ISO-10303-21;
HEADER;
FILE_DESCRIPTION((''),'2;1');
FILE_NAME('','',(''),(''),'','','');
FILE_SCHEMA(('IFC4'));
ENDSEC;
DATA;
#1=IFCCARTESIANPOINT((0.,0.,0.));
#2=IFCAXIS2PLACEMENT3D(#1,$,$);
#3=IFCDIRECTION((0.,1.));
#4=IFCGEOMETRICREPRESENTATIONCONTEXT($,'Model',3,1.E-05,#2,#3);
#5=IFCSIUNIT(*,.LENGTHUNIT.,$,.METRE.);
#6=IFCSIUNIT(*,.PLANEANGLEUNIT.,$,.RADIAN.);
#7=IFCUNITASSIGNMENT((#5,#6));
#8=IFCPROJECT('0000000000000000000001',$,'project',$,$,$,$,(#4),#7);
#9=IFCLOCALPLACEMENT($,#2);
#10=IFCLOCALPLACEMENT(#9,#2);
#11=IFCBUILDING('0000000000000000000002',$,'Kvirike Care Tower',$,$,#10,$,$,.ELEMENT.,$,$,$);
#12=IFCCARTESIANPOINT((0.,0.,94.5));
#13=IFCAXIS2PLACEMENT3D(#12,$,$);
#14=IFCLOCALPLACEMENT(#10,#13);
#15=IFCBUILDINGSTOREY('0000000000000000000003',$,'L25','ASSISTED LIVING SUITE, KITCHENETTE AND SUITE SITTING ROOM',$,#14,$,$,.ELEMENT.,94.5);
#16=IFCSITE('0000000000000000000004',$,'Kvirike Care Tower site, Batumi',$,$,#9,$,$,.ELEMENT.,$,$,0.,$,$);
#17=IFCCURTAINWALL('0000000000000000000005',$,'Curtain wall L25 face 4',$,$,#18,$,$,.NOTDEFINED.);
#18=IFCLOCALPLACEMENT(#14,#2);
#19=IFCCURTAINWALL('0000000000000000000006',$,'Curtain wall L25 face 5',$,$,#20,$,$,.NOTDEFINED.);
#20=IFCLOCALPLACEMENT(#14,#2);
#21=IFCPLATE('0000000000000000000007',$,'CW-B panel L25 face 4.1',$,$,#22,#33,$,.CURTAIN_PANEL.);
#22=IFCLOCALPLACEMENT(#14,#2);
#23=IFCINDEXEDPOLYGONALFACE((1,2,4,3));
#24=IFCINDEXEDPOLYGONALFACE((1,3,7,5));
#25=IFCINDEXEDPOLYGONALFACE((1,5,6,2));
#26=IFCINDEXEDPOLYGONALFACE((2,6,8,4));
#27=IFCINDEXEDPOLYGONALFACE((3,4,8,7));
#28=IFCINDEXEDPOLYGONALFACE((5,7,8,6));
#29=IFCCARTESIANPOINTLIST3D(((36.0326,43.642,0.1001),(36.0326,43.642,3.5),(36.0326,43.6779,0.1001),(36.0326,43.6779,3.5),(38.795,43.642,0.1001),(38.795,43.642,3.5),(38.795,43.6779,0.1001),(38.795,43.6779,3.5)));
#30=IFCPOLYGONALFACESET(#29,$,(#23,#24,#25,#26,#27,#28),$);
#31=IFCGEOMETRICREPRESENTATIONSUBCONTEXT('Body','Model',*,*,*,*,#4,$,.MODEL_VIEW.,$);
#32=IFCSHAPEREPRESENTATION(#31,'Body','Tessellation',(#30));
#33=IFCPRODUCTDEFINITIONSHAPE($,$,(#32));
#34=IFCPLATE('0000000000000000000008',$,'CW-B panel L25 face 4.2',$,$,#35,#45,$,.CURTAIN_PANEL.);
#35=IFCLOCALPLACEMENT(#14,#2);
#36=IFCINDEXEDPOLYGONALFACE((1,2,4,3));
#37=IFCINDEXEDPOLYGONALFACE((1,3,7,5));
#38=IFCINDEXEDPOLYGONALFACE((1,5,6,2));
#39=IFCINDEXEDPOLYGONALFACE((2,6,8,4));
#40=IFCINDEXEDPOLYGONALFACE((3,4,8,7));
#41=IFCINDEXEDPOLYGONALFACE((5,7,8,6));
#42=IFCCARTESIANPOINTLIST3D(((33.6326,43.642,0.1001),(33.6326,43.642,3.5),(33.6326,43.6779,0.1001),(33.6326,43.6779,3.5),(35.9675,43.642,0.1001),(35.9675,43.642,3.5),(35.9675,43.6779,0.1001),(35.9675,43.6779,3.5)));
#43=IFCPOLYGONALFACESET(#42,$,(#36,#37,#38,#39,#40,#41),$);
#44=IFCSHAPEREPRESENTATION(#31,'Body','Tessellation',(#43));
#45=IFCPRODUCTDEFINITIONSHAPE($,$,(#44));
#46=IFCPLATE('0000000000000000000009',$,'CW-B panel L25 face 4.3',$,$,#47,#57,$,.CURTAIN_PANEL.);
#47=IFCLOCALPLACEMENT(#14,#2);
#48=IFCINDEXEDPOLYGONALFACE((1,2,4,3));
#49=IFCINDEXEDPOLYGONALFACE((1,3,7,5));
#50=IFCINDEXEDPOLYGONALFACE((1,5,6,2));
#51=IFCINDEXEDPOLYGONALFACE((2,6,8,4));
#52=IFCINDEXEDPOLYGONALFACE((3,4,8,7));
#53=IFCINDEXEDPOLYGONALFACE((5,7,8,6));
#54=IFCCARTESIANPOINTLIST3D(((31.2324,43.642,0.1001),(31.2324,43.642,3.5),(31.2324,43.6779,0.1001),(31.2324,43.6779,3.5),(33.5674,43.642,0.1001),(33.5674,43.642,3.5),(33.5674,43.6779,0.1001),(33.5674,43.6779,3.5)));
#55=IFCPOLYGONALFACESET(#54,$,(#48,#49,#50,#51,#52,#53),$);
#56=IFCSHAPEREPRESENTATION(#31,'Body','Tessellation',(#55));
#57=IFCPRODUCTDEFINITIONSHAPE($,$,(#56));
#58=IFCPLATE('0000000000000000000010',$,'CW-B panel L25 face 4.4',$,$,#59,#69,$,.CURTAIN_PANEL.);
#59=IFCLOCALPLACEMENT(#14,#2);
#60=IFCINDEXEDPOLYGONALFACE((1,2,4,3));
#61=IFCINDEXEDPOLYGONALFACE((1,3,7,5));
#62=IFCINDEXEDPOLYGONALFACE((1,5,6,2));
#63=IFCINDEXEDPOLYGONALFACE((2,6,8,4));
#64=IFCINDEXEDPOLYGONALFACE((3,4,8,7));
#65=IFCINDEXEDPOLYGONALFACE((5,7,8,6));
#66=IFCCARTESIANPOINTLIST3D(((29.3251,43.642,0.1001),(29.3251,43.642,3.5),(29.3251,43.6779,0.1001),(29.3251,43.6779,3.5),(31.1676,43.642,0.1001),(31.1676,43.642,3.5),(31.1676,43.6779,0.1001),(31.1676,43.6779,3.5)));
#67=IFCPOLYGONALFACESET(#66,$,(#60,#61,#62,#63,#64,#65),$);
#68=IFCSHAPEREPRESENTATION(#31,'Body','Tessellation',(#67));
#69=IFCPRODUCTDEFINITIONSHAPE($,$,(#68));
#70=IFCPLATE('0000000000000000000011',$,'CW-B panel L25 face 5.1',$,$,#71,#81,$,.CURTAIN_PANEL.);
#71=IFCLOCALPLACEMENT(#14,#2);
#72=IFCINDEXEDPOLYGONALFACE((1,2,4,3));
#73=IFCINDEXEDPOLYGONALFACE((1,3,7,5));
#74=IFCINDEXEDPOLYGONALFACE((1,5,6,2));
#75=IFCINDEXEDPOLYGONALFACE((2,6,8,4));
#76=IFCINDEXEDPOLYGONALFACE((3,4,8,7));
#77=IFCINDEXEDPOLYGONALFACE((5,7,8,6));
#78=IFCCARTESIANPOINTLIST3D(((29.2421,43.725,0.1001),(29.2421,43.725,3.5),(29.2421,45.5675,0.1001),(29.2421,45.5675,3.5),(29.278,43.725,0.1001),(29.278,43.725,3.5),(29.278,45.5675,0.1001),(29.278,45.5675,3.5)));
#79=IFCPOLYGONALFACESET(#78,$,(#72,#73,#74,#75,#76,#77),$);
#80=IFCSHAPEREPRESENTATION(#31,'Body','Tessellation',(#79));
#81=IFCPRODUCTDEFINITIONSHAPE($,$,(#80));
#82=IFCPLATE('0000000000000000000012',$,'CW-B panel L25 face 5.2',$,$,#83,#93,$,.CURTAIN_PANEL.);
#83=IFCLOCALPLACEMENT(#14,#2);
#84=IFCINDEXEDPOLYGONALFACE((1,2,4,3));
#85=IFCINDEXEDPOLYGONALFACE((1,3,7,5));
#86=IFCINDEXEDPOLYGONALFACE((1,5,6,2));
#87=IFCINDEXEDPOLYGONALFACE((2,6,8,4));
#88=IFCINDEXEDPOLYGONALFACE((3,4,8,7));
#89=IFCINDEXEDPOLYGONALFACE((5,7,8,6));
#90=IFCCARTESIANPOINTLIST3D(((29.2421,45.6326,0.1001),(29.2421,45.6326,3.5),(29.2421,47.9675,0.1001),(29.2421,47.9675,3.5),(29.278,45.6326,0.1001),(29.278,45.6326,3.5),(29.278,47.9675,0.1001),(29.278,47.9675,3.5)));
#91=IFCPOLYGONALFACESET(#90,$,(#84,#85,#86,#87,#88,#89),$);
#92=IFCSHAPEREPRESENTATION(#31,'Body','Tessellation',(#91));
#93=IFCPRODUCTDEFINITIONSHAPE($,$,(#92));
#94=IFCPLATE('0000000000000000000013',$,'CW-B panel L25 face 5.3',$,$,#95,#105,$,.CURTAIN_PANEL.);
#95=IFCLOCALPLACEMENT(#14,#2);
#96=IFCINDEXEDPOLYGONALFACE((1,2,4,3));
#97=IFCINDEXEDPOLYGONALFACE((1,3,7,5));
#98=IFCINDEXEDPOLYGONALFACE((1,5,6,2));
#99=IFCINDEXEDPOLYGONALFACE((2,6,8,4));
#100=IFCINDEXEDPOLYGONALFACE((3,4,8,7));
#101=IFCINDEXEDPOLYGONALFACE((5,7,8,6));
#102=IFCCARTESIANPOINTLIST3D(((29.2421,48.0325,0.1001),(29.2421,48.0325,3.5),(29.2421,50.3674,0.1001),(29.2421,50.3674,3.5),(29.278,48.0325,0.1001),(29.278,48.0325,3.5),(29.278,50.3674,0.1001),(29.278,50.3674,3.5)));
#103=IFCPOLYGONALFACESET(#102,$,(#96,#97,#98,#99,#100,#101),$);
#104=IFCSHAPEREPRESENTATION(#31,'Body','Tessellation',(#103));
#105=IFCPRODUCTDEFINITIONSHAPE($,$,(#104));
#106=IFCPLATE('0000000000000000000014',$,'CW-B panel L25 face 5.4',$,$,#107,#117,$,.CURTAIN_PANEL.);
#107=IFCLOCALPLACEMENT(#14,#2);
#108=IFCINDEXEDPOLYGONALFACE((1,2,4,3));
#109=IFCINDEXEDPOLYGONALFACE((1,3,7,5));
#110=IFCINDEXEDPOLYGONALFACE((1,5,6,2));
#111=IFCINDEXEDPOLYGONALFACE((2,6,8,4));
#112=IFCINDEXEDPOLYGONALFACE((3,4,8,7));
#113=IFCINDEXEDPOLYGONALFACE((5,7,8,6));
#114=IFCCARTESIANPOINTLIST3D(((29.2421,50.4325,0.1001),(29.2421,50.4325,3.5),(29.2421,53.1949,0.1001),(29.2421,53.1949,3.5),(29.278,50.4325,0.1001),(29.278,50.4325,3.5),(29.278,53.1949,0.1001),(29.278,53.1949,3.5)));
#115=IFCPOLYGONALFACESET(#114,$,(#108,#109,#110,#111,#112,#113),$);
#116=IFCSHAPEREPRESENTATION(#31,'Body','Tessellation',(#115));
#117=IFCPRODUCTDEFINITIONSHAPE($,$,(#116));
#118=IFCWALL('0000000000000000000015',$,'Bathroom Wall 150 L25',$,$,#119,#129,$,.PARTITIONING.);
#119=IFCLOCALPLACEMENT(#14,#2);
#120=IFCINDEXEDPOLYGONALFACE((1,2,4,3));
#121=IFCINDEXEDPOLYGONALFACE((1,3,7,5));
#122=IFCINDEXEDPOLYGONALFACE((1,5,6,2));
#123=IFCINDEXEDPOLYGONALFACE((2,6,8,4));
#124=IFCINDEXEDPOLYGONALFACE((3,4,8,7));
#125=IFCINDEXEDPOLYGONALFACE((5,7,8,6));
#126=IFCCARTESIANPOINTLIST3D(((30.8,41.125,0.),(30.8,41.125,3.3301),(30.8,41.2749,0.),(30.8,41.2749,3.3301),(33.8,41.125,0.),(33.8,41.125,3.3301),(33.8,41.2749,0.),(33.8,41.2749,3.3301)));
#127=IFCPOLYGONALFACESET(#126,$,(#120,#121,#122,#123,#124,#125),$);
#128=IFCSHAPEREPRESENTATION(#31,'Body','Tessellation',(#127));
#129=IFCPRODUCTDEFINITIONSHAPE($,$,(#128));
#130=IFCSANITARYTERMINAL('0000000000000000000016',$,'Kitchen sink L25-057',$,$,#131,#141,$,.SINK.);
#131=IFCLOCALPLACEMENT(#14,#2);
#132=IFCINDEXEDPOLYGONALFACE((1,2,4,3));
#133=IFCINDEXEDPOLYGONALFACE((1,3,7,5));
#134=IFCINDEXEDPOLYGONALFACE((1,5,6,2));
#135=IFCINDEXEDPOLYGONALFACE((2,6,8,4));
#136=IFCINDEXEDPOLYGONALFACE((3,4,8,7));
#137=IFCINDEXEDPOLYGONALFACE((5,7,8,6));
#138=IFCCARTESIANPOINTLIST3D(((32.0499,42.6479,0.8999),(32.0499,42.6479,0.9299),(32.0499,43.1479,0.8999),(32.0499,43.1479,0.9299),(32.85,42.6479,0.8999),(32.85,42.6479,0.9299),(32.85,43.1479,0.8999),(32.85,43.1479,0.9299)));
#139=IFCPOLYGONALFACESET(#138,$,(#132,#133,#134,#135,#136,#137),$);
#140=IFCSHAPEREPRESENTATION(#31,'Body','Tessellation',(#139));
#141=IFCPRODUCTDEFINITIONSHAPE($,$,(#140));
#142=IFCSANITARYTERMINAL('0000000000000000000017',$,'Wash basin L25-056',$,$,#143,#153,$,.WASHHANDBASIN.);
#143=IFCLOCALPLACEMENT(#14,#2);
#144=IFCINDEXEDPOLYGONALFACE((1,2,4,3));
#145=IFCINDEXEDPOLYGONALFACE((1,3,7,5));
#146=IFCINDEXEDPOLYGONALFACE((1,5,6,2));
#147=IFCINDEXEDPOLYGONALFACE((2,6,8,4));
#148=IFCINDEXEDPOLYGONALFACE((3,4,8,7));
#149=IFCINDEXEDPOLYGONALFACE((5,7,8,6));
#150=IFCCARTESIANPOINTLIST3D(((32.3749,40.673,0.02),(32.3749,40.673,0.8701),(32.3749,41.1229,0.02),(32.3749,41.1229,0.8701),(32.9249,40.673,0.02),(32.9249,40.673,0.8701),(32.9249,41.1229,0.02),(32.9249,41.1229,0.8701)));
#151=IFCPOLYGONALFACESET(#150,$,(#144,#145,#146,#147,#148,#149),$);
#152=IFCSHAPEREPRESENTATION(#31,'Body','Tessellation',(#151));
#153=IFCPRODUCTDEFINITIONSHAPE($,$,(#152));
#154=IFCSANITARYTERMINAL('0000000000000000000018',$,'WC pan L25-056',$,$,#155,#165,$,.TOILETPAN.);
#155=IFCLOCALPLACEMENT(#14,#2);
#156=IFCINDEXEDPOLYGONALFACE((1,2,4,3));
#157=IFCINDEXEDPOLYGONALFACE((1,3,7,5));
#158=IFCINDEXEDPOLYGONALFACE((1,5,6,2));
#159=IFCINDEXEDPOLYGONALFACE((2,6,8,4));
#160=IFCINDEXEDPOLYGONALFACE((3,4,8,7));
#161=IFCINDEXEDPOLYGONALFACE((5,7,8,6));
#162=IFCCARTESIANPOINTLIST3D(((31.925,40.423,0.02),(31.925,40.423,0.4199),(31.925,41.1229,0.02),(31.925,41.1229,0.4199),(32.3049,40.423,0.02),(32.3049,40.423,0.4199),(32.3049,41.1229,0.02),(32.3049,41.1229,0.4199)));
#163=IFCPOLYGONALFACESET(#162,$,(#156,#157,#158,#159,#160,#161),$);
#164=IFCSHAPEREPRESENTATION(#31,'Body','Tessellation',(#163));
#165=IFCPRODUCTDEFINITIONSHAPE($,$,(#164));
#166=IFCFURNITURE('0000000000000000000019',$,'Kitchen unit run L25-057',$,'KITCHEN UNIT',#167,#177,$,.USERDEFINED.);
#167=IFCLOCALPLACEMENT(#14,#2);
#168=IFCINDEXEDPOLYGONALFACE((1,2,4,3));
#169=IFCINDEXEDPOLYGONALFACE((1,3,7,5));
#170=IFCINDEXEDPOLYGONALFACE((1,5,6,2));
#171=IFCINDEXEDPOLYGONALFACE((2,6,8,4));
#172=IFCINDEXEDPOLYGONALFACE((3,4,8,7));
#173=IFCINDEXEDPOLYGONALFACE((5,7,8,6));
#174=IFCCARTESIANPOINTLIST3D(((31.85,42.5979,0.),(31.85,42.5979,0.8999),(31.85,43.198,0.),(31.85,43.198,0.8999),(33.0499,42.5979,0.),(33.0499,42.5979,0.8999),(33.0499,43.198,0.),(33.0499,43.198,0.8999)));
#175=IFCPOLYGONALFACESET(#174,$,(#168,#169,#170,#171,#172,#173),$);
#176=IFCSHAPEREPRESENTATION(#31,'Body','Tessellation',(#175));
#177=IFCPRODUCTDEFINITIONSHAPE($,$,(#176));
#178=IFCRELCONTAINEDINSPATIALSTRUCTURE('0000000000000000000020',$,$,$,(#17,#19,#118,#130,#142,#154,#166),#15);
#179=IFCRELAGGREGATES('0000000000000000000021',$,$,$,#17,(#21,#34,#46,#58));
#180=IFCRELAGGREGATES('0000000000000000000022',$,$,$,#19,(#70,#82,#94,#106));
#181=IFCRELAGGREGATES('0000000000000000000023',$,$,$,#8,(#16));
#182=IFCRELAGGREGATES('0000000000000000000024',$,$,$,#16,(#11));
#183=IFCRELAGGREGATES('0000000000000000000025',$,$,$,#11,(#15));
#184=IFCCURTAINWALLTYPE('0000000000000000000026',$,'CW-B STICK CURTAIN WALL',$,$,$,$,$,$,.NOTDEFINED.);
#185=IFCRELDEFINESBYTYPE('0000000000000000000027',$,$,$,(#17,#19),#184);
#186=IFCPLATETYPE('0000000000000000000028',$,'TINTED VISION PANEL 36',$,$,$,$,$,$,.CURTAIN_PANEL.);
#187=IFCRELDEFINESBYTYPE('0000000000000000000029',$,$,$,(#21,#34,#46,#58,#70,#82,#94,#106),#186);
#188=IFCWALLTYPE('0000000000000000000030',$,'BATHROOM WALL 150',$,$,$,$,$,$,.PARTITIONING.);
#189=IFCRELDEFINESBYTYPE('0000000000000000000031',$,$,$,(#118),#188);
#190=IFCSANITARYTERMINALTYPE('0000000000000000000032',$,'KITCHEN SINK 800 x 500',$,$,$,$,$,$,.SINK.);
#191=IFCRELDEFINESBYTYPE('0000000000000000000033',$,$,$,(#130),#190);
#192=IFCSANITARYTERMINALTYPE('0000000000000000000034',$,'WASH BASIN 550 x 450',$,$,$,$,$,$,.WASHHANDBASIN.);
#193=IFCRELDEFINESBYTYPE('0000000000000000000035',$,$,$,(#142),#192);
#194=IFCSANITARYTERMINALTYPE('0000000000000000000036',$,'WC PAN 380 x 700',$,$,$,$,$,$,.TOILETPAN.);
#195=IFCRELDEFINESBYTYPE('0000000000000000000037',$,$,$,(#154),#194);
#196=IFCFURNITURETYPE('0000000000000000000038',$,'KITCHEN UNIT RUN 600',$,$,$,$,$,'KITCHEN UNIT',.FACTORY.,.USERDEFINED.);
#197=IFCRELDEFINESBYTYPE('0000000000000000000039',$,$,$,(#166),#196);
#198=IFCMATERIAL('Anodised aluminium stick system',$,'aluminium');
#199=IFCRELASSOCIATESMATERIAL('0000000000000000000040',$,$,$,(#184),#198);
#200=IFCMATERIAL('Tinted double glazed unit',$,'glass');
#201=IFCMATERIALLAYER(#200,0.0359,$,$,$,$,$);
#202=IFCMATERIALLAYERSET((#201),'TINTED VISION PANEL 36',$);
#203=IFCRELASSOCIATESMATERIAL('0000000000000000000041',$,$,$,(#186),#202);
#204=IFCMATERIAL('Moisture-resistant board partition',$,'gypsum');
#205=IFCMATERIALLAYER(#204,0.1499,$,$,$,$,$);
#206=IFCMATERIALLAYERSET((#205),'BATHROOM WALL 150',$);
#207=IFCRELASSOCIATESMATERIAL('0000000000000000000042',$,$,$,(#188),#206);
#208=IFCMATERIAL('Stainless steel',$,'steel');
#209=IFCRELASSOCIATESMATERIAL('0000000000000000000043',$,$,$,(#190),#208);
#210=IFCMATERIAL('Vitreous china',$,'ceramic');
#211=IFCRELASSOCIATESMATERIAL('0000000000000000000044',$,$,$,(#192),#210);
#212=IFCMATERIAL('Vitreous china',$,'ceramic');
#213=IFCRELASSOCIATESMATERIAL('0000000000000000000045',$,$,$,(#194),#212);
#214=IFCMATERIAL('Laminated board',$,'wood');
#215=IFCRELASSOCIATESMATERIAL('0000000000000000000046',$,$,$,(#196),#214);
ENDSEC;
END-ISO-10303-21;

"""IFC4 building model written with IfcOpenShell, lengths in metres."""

from ifc_helpers import new_model, si_unit, direction, frame, frame_2d, origin, origin_2d, place, context, subcontext, project, spatial, rectangle, extrude, material, layer, layer_set, type_object, element, aggregate, save


model = new_model("IFC4")

# Units and contexts
model_context = context("Model", 3, precision=1e-05, world=origin(), true_north=direction((0.0, 1.0)))
body_context = subcontext(model_context, "Body", "Model", "MODEL_VIEW")
ifc_project = project(units=[si_unit("LENGTHUNIT", "METRE"), si_unit("PLANEANGLEUNIT", "RADIAN")], contexts=[model_context])

# Site, building, storey
site_placement = place(None, origin())
site = spatial("IfcSite", under=ifc_project, at=site_placement, Name="Kvirike Care Tower site, Batumi", CompositionType="ELEMENT", RefElevation=0.0)
building_placement = place(site_placement, origin())
building = spatial("IfcBuilding", under=site, at=building_placement, Name="Kvirike Care Tower", CompositionType="ELEMENT")
storey_placement = place(building_placement, frame((0.0, 0.0, 94.5)))
storey = spatial("IfcBuildingStorey", under=building, at=storey_placement, Name="L25", Description="ASSISTED LIVING SUITE, KITCHENETTE AND SUITE SITTING ROOM", CompositionType="ELEMENT", Elevation=94.5)

# Curtain walls
ifc_material_1 = material(Name="Anodised aluminium stick system", Category="aluminium")
curtain_wall_type = type_object("IfcCurtainWallType", Name="CW-B STICK CURTAIN WALL", PredefinedType="NOTDEFINED", material=ifc_material_1)
curtain_wall_1_placement = place(storey_placement, origin())
curtain_wall_1 = element("IfcCurtainWall", 1, at=curtain_wall_1_placement, inside=storey, type_object=curtain_wall_type, Name="Curtain wall L25 face 4", PredefinedType="NOTDEFINED")
curtain_wall_2_placement = place(storey_placement, origin())
curtain_wall_2 = element("IfcCurtainWall", 2, at=curtain_wall_2_placement, inside=storey, type_object=curtain_wall_type, Name="Curtain wall L25 face 5", PredefinedType="NOTDEFINED")

# Plates
ifc_material_2 = material(Name="Tinted double glazed unit", Category="glass")
ifc_layer_1 = layer(ifc_material_2, 0.0359)
ifc_layer_set_1 = layer_set([ifc_layer_1], Name="TINTED VISION PANEL 36")
plate_type = type_object("IfcPlateType", Name="TINTED VISION PANEL 36", PredefinedType="CURTAIN_PANEL", material=ifc_layer_set_1)
plate_1_placement = place(storey_placement, frame((37.4138, 43.6599, 0.1001), z_axis=(0.0, 0.0, 1.0), x_axis=(-1.0, 0.0, 0.0)))
plate_1 = element("IfcPlate", 3, at=plate_1_placement, type_object=plate_type, Name="CW-B panel L25 face 4.1", PredefinedType="CURTAIN_PANEL", context=body_context, shape_type="SweptSolid", body=[
    extrude(rectangle(XDim=2.7625, YDim=0.0359, at=origin_2d()), origin(), (0.0, 0.0, 1.0), 3.3999),
])
plate_2_placement = place(storey_placement, frame((34.8, 43.6599, 0.1001), z_axis=(0.0, 0.0, 1.0), x_axis=(-1.0, 0.0, 0.0)))
plate_2 = element("IfcPlate", 4, at=plate_2_placement, type_object=plate_type, Name="CW-B panel L25 face 4.2", PredefinedType="CURTAIN_PANEL", context=body_context, shape_type="SweptSolid", body=[
    extrude(rectangle(XDim=2.335, YDim=0.0359, at=origin_2d()), origin(), (0.0, 0.0, 1.0), 3.3999),
])
plate_3_placement = place(storey_placement, frame((32.3999, 43.6599, 0.1001), z_axis=(0.0, 0.0, 1.0), x_axis=(-1.0, 0.0, 0.0)))
plate_3 = element("IfcPlate", 5, at=plate_3_placement, type_object=plate_type, Name="CW-B panel L25 face 4.3", PredefinedType="CURTAIN_PANEL", context=body_context, shape_type="SweptSolid", body=[
    extrude(rectangle(XDim=2.335, YDim=0.0359, at=origin_2d()), origin(), (0.0, 0.0, 1.0), 3.3999),
])
plate_4_placement = place(storey_placement, frame((30.2463, 43.6599, 0.1001), z_axis=(0.0, 0.0, 1.0), x_axis=(-1.0, 0.0, 0.0)))
plate_4 = element("IfcPlate", 6, at=plate_4_placement, type_object=plate_type, Name="CW-B panel L25 face 4.4", PredefinedType="CURTAIN_PANEL", context=body_context, shape_type="SweptSolid", body=[
    extrude(rectangle(XDim=1.8425, YDim=0.0359, at=origin_2d()), origin(), (0.0, 0.0, 1.0), 3.3999),
])
aggregate(curtain_wall_1, [plate_1, plate_2, plate_3, plate_4])
plate_5_placement = place(storey_placement, frame((29.26, 44.6462, 0.1001), z_axis=(0.0, 0.0, 1.0), x_axis=(0.0, 1.0, 0.0)))
plate_5 = element("IfcPlate", 7, at=plate_5_placement, type_object=plate_type, Name="CW-B panel L25 face 5.1", PredefinedType="CURTAIN_PANEL", context=body_context, shape_type="SweptSolid", body=[
    extrude(rectangle(XDim=1.8425, YDim=0.0359, at=origin_2d()), origin(), (0.0, 0.0, 1.0), 3.3999),
])
plate_6_placement = place(storey_placement, frame((29.26, 46.8, 0.1001), z_axis=(0.0, 0.0, 1.0), x_axis=(0.0, 1.0, 0.0)))
plate_6 = element("IfcPlate", 8, at=plate_6_placement, type_object=plate_type, Name="CW-B panel L25 face 5.2", PredefinedType="CURTAIN_PANEL", context=body_context, shape_type="SweptSolid", body=[
    extrude(rectangle(XDim=2.335, YDim=0.0359, at=origin_2d()), origin(), (0.0, 0.0, 1.0), 3.3999),
])
plate_7_placement = place(storey_placement, frame((29.26, 49.2, 0.1001), z_axis=(0.0, 0.0, 1.0), x_axis=(0.0, 1.0, 0.0)))
plate_7 = element("IfcPlate", 9, at=plate_7_placement, type_object=plate_type, Name="CW-B panel L25 face 5.3", PredefinedType="CURTAIN_PANEL", context=body_context, shape_type="SweptSolid", body=[
    extrude(rectangle(XDim=2.335, YDim=0.0359, at=origin_2d()), origin(), (0.0, 0.0, 1.0), 3.3999),
])
plate_8_placement = place(storey_placement, frame((29.26, 51.8137, 0.1001), z_axis=(0.0, 0.0, 1.0), x_axis=(0.0, 1.0, 0.0)))
plate_8 = element("IfcPlate", 10, at=plate_8_placement, type_object=plate_type, Name="CW-B panel L25 face 5.4", PredefinedType="CURTAIN_PANEL", context=body_context, shape_type="SweptSolid", body=[
    extrude(rectangle(XDim=2.7625, YDim=0.0359, at=origin_2d()), origin(), (0.0, 0.0, 1.0), 3.3999),
])
aggregate(curtain_wall_2, [plate_5, plate_6, plate_7, plate_8])

# Wall
ifc_material_3 = material(Name="Moisture-resistant board partition", Category="gypsum")
ifc_layer_2 = layer(ifc_material_3, 0.1499)
ifc_layer_set_2 = layer_set([ifc_layer_2], Name="BATHROOM WALL 150")
wall_type = type_object("IfcWallType", Name="BATHROOM WALL 150", PredefinedType="PARTITIONING", material=ifc_layer_set_2)
wall_placement = place(storey_placement, frame((33.8, 41.2, 0.0), z_axis=(0.0, 0.0, 1.0), x_axis=(-1.0, 0.0, 0.0)))
element("IfcWall", 11, at=wall_placement, inside=storey, type_object=wall_type, Name="Bathroom Wall 150 L25", PredefinedType="PARTITIONING", context=body_context, shape_type="SweptSolid", body=[
    extrude(rectangle(XDim=3.0, YDim=0.1499, at=frame_2d((1.5, 0.0))), origin(), (0.0, 0.0, 1.0), 3.3301),
])

# Sanitary terminals
ifc_material_4 = material(Name="Stainless steel", Category="steel")
sanitary_terminal_type_1 = type_object("IfcSanitaryTerminalType", Name="KITCHEN SINK 800 x 500", PredefinedType="SINK", material=ifc_material_4)
sanitary_terminal_1_placement = place(storey_placement, frame((32.45, 42.8979, 0.8999), z_axis=(0.0, 0.0, 1.0), x_axis=(1.0, 0.0, 0.0)))
element("IfcSanitaryTerminal", 12, at=sanitary_terminal_1_placement, inside=storey, type_object=sanitary_terminal_type_1, Name="Kitchen sink L25-057", PredefinedType="SINK", context=body_context, shape_type="SweptSolid", body=[
    extrude(rectangle(XDim=0.8, YDim=0.5, at=origin_2d()), origin(), (0.0, 0.0, 1.0), 0.03),
])
ifc_material_5 = material(Name="Vitreous china", Category="ceramic")
sanitary_terminal_type_2 = type_object("IfcSanitaryTerminalType", Name="WASH BASIN 550 x 450", PredefinedType="WASHHANDBASIN", material=ifc_material_5)
sanitary_terminal_2_placement = place(storey_placement, frame((32.6499, 40.8979, 0.02), z_axis=(0.0, 0.0, 1.0), x_axis=(1.0, 0.0, 0.0)))
element("IfcSanitaryTerminal", 13, at=sanitary_terminal_2_placement, inside=storey, type_object=sanitary_terminal_type_2, Name="Wash basin L25-056", PredefinedType="WASHHANDBASIN", context=body_context, shape_type="SweptSolid", body=[
    extrude(rectangle(XDim=0.55, YDim=0.45, at=origin_2d()), origin(), (0.0, 0.0, 1.0), 0.8501),
])
ifc_material_6 = material(Name="Vitreous china", Category="ceramic")
sanitary_terminal_type_3 = type_object("IfcSanitaryTerminalType", Name="WC PAN 380 x 700", PredefinedType="TOILETPAN", material=ifc_material_6)
sanitary_terminal_3_placement = place(storey_placement, frame((32.115, 40.7729, 0.02), z_axis=(0.0, 0.0, 1.0), x_axis=(1.0, 0.0, 0.0)))
element("IfcSanitaryTerminal", 14, at=sanitary_terminal_3_placement, inside=storey, type_object=sanitary_terminal_type_3, Name="WC pan L25-056", PredefinedType="TOILETPAN", context=body_context, shape_type="SweptSolid", body=[
    extrude(rectangle(XDim=0.3799, YDim=0.7, at=origin_2d()), origin(), (0.0, 0.0, 1.0), 0.3999),
])

# Furniture
ifc_material_7 = material(Name="Laminated board", Category="wood")
furniture_type = type_object("IfcFurnitureType", Name="KITCHEN UNIT RUN 600", ElementType="KITCHEN UNIT", AssemblyPlace="FACTORY", PredefinedType="USERDEFINED", material=ifc_material_7)
furniture_placement = place(storey_placement, frame((32.45, 42.8979, 0.0), z_axis=(0.0, 0.0, 1.0), x_axis=(1.0, 0.0, 0.0)))
element("IfcFurniture", 15, at=furniture_placement, inside=storey, type_object=furniture_type, Name="Kitchen unit run L25-057", ObjectType="KITCHEN UNIT", PredefinedType="USERDEFINED", context=body_context, shape_type="SweptSolid", body=[
    extrude(rectangle(XDim=1.2, YDim=0.6001, at=origin_2d()), origin(), (0.0, 0.0, 1.0), 0.8999),
])

save(model, "model.ifc")
